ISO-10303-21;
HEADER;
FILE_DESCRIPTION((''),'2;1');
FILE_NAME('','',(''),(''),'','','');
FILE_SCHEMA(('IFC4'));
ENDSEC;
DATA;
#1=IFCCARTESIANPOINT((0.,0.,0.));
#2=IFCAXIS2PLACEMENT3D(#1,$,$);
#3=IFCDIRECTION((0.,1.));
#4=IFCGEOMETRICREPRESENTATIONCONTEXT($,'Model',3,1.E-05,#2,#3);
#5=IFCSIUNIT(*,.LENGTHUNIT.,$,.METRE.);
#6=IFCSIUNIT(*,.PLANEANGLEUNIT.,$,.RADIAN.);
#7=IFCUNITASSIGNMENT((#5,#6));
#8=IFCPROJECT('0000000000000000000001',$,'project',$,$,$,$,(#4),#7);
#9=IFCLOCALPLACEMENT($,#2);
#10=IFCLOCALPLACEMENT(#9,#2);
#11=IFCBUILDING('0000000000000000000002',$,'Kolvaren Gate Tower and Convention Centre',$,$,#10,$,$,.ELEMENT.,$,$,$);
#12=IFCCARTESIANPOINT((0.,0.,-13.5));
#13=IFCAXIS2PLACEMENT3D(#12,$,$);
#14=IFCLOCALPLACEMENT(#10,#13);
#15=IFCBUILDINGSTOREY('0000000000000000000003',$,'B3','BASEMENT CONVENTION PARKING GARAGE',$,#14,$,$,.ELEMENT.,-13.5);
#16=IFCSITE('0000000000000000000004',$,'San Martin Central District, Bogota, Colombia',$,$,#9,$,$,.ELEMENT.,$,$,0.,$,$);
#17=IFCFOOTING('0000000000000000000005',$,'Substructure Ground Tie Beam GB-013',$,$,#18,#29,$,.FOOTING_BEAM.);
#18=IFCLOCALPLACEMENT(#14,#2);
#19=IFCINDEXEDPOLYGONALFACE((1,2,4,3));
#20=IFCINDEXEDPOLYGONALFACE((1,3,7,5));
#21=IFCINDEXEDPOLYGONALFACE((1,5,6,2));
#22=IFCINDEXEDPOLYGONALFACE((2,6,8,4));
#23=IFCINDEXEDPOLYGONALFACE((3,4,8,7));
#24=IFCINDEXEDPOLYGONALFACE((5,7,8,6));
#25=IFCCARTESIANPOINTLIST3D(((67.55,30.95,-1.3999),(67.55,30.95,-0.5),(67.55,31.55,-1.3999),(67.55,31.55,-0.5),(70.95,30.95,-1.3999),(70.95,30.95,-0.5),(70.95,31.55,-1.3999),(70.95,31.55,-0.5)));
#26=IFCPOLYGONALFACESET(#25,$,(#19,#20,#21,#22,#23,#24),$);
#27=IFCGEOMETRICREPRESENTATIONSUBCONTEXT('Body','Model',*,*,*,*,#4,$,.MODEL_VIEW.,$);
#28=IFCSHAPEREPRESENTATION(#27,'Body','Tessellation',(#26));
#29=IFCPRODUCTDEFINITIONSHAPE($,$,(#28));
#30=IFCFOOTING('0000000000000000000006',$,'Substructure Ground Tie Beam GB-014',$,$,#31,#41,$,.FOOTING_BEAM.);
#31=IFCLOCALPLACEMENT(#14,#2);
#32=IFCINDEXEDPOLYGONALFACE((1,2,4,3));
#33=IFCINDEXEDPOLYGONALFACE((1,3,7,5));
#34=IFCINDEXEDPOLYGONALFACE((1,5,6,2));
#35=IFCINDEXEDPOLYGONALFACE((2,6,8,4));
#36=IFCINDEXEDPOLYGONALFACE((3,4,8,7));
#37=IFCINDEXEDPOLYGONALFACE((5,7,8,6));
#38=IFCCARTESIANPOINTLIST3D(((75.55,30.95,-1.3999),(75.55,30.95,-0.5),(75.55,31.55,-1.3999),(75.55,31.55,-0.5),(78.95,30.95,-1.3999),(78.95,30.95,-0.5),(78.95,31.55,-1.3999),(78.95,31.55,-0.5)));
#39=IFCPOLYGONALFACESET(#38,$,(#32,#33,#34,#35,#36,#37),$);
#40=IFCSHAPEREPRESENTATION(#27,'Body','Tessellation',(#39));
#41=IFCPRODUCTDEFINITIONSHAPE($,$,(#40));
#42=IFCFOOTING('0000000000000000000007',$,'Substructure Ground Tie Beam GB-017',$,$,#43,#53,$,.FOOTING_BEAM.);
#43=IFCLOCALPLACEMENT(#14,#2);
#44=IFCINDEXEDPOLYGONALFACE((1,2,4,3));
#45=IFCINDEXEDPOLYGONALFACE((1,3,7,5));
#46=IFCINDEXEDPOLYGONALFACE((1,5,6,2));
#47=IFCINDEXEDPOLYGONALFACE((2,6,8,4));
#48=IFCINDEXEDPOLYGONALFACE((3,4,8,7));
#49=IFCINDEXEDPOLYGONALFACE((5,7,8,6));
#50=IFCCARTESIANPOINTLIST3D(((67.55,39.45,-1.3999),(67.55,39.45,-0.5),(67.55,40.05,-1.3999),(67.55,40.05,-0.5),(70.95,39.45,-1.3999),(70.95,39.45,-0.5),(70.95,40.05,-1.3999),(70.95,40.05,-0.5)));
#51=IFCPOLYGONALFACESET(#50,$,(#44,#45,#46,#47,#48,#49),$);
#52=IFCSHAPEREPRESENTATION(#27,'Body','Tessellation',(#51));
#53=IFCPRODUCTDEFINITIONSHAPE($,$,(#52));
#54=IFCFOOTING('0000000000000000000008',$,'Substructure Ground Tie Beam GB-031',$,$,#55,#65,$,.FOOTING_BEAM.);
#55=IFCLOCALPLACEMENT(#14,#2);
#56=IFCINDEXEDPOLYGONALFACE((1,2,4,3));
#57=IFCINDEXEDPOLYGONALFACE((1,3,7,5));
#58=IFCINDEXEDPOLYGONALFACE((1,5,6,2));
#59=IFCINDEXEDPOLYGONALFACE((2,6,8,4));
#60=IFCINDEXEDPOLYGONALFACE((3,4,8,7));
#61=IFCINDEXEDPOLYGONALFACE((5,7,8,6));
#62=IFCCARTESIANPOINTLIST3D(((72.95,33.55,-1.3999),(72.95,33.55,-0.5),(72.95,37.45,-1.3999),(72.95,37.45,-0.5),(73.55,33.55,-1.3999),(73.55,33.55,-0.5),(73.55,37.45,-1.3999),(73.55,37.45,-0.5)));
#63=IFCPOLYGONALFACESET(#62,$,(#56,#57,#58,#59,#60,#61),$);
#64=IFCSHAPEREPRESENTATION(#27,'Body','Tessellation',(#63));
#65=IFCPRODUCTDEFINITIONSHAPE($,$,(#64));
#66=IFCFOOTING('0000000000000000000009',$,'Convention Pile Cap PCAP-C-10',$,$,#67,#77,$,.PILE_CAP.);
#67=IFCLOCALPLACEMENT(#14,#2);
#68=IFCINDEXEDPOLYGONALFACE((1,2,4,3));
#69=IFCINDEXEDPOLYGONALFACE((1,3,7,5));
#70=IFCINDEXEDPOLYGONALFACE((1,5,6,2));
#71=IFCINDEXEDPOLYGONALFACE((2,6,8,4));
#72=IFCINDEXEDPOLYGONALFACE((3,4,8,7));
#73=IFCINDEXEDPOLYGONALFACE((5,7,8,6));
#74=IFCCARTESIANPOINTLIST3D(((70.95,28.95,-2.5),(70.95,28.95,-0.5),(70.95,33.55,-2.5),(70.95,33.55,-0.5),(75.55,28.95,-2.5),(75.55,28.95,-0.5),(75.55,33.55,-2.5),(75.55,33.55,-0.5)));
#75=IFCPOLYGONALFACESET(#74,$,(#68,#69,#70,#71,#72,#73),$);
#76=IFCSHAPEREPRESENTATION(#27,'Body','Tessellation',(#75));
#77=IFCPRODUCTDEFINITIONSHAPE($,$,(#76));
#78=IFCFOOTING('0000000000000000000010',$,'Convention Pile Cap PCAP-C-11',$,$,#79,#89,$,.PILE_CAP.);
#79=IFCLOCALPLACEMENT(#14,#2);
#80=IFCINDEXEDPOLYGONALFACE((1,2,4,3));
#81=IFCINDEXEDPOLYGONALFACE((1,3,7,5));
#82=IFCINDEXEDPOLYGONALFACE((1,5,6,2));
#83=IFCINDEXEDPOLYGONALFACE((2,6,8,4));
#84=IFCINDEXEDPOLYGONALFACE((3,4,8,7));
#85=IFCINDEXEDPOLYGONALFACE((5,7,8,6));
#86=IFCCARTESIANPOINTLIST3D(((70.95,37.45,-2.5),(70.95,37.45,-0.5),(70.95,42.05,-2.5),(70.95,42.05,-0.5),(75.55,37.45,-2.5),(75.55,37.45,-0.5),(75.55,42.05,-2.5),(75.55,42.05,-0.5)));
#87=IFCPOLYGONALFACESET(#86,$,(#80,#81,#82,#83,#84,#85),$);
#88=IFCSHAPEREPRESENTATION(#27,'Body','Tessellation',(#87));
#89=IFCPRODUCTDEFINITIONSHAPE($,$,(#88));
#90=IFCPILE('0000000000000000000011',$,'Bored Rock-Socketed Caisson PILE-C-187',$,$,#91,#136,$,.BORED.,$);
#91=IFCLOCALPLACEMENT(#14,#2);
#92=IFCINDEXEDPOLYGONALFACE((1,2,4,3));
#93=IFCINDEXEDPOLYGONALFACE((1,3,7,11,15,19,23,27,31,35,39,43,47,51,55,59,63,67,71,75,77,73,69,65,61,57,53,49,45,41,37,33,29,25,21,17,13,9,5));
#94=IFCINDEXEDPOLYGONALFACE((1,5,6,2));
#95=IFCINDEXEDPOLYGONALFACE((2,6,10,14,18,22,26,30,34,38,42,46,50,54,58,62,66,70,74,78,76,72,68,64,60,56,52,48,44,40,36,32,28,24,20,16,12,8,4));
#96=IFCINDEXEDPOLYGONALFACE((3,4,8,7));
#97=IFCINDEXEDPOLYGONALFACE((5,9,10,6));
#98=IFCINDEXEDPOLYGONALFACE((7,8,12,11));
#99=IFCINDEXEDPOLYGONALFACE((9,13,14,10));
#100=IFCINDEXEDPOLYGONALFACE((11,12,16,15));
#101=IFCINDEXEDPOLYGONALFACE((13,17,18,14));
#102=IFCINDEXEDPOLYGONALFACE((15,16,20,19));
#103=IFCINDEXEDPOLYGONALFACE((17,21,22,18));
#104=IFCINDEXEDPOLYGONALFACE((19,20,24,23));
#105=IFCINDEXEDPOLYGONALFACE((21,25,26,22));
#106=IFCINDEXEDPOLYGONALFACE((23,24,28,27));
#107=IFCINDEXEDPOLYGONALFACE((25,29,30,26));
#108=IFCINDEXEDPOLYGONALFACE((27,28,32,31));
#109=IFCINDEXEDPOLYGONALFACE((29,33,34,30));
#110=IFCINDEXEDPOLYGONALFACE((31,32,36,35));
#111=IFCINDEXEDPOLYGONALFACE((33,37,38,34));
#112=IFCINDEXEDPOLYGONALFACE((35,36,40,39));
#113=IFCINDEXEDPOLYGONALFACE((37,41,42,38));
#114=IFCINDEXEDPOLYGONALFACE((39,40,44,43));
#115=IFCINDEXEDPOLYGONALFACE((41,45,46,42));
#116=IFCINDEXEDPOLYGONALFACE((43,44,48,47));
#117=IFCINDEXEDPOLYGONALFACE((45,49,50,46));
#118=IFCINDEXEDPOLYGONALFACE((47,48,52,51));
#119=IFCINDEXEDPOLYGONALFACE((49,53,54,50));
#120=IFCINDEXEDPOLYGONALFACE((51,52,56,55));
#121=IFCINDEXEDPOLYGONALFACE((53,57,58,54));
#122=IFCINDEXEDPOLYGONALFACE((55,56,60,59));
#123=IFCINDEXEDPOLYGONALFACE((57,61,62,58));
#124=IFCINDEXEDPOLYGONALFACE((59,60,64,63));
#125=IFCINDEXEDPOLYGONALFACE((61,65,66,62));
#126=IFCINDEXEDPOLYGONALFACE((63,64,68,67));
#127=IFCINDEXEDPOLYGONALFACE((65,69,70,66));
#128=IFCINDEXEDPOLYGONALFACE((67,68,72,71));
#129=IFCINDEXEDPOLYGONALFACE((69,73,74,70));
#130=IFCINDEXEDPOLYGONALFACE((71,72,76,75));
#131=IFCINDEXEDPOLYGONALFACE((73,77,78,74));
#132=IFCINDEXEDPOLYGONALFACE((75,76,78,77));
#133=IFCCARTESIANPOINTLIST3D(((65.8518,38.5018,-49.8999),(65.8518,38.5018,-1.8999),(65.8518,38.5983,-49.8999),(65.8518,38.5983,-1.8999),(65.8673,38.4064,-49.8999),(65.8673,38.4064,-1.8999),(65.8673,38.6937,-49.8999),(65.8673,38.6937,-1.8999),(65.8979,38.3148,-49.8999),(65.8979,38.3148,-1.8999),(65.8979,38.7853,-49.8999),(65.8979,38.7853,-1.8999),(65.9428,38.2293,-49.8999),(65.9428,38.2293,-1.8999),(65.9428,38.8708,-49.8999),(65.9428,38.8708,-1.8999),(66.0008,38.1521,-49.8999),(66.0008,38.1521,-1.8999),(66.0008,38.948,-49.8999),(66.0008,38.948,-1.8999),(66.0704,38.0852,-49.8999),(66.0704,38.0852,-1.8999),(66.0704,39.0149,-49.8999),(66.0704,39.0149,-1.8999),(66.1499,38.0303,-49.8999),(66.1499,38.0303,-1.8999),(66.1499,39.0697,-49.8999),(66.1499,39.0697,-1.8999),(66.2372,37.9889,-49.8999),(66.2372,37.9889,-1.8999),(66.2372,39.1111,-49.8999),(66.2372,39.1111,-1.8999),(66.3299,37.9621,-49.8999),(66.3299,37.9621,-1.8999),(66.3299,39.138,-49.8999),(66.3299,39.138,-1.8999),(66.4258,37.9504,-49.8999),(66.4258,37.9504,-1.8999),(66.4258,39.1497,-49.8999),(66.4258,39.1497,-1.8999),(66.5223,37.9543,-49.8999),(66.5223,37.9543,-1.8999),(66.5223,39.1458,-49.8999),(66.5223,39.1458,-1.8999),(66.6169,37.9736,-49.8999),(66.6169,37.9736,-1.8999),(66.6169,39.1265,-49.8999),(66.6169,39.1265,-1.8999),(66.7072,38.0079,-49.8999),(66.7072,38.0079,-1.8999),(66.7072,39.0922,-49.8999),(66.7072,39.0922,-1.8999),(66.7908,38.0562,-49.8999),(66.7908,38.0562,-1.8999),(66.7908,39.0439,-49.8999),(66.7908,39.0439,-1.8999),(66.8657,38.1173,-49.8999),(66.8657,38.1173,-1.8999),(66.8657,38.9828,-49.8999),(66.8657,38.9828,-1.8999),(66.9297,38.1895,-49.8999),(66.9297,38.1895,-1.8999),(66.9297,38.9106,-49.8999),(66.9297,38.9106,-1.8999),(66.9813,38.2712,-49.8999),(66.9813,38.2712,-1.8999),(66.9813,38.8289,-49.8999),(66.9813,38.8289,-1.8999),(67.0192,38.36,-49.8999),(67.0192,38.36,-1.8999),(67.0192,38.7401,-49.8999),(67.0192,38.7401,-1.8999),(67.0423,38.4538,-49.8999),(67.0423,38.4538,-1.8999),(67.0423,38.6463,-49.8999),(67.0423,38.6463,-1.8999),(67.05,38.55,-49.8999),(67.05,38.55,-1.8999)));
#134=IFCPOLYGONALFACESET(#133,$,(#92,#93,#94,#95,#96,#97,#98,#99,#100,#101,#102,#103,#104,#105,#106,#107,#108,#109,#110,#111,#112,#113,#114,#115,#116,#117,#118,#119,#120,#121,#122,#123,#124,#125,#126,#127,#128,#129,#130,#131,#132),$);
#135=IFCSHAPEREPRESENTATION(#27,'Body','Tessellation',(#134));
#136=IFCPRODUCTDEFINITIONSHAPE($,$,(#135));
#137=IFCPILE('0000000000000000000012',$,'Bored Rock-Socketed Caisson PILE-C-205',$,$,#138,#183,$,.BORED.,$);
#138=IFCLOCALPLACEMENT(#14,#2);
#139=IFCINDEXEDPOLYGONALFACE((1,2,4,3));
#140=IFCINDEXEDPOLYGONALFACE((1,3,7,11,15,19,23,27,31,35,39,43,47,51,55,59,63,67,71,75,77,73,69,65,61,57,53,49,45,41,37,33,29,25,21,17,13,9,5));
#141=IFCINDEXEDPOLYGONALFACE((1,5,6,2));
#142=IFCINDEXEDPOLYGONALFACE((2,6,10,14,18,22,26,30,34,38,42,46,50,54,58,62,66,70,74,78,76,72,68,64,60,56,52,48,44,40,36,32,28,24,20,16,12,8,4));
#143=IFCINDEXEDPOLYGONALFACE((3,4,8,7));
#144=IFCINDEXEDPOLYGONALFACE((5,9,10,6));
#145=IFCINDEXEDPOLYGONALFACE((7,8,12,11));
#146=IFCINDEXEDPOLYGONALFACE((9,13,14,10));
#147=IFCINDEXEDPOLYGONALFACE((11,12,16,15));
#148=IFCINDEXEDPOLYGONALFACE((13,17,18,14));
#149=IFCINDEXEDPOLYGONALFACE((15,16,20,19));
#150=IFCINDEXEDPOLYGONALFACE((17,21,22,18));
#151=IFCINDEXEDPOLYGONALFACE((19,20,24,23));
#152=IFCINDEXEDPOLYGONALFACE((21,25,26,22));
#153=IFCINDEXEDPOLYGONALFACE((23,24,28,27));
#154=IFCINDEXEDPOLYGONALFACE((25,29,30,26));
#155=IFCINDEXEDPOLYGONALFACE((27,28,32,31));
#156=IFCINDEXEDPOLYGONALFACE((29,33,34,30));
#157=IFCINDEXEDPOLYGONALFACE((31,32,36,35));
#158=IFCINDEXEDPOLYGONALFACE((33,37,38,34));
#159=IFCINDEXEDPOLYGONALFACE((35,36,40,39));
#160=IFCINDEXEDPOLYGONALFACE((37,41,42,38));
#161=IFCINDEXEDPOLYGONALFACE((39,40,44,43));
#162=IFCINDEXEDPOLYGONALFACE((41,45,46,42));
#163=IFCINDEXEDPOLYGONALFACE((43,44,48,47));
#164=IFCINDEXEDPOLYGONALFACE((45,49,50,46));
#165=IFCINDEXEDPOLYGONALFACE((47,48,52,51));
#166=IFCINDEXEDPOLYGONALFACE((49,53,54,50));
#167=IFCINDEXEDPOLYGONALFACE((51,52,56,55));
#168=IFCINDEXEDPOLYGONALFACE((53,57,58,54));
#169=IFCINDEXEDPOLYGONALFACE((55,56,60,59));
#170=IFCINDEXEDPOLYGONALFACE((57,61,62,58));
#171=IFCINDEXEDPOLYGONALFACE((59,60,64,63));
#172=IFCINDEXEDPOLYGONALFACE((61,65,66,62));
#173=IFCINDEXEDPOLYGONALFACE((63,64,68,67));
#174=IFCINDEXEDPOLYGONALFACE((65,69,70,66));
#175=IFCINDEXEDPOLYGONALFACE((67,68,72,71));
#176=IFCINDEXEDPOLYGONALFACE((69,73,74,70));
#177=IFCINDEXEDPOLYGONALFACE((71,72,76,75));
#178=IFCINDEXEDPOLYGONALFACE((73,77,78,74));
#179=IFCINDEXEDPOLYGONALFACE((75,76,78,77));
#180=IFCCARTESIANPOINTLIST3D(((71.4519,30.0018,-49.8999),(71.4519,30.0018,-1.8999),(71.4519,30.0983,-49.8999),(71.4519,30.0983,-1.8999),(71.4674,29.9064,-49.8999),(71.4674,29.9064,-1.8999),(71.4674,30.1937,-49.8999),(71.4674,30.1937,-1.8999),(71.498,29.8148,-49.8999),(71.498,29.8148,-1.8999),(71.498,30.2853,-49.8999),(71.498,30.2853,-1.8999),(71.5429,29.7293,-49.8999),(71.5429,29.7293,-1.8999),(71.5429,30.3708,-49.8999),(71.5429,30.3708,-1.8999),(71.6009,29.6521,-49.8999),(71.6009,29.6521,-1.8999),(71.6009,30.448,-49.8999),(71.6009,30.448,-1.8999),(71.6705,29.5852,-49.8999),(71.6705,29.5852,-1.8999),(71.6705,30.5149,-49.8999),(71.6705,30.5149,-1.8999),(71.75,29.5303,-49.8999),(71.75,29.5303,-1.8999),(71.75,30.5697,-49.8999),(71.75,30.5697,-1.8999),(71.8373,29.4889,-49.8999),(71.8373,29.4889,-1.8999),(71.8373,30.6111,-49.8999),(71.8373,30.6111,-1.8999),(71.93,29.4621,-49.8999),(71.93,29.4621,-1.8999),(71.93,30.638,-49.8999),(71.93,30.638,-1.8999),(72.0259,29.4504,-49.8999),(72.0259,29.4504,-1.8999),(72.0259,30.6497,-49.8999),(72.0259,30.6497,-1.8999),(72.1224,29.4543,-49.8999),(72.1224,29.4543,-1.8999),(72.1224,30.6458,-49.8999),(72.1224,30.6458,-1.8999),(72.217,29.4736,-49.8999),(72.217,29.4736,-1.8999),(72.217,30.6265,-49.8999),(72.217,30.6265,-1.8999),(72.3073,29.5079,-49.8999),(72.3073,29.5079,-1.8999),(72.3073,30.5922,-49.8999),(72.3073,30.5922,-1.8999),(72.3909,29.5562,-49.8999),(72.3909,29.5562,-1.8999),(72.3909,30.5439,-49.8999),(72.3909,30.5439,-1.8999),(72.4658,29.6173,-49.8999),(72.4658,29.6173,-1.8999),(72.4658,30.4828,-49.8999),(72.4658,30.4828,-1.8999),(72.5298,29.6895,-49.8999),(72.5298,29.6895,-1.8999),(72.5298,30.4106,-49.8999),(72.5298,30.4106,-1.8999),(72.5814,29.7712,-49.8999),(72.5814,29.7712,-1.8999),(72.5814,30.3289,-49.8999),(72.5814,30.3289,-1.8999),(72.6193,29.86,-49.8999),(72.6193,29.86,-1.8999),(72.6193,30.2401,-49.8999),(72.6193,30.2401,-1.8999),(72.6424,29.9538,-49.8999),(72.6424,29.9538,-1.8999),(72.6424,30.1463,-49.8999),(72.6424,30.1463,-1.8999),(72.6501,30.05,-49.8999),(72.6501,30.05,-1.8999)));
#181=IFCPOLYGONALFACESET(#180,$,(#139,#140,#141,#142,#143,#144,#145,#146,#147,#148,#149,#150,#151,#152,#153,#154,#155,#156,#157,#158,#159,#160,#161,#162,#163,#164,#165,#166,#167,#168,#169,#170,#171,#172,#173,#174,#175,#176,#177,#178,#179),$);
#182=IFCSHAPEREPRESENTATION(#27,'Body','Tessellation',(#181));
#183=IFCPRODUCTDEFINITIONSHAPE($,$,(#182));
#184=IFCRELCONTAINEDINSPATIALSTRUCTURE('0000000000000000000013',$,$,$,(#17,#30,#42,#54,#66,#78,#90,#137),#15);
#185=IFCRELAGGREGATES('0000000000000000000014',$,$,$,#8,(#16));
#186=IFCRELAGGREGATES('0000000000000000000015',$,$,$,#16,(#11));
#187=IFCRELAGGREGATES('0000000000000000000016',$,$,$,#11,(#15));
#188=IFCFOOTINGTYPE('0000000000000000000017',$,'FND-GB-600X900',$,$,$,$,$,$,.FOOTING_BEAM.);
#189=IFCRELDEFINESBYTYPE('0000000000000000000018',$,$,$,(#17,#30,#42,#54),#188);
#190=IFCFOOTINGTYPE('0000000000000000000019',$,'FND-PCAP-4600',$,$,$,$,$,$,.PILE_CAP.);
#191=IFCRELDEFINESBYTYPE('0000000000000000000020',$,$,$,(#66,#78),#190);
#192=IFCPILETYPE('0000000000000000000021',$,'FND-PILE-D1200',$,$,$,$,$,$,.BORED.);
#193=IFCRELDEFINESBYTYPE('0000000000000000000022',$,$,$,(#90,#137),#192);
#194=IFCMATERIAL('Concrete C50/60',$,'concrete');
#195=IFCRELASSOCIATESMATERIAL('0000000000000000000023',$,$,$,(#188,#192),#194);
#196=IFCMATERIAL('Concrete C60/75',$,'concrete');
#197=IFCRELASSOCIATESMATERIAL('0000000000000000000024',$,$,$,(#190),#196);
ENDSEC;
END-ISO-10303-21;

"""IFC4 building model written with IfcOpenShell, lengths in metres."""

from ifc_helpers import new_model, si_unit, direction, frame, origin, origin_2d, place, context, subcontext, project, spatial, rectangle, circle, extrude, material, material_profile, profile_set, type_object, element, save


model = new_model("IFC4")

# Units and contexts
model_context = context("Model", 3, precision=1e-05, world=origin(), true_north=direction((0.0, 1.0)))
body_context = subcontext(model_context, "Body", "Model", "MODEL_VIEW")
ifc_project = project(units=[si_unit("LENGTHUNIT", "METRE"), si_unit("PLANEANGLEUNIT", "RADIAN")], contexts=[model_context])

# Site, building, storey
site_placement = place(None, origin())
site = spatial("IfcSite", under=ifc_project, at=site_placement, Name="San Martin Central District, Bogota, Colombia", CompositionType="ELEMENT", RefElevation=0.0)
building_placement = place(site_placement, origin())
building = spatial("IfcBuilding", under=site, at=building_placement, Name="Kolvaren Gate Tower and Convention Centre", CompositionType="ELEMENT")
storey_placement = place(building_placement, frame((0.0, 0.0, -13.5)))
storey = spatial("IfcBuildingStorey", under=building, at=storey_placement, Name="B3", Description="BASEMENT CONVENTION PARKING GARAGE", CompositionType="ELEMENT", Elevation=-13.5)

# Footings
ifc_material_1 = material(Name="Concrete C50/60", Category="concrete")
ifc_material_profile_1 = material_profile(ifc_material_1, rectangle(XDim=0.6001, YDim=0.8999, at=origin_2d()), Name="RC-BM-600X900")
ifc_profile_set_1 = profile_set([ifc_material_profile_1], Name="Concrete C50/60")
footing_type_1 = type_object("IfcFootingType", Name="FND-GB-600X900", PredefinedType="FOOTING_BEAM", material=ifc_profile_set_1)
for number, where, z_axis, x_axis, name in (
    (1, (67.55, 31.25, -0.95), (1.0, 0.0, 0.0), (0.0, 1.0, 0.0), "Substructure Ground Tie Beam GB-013"),
    (2, (75.55, 31.25, -0.95), (1.0, 0.0, 0.0), (0.0, 1.0, 0.0), "Substructure Ground Tie Beam GB-014"),
    (3, (67.55, 39.75, -0.95), (1.0, 0.0, 0.0), (0.0, 1.0, 0.0), "Substructure Ground Tie Beam GB-017"),
):
    element("IfcFooting", number, at=place(storey_placement, frame(where, z_axis=z_axis, x_axis=x_axis)), inside=storey, type_object=footing_type_1, Name=name, PredefinedType="FOOTING_BEAM", context=body_context, shape_type="SweptSolid", body=[
        extrude(rectangle(XDim=0.6001, YDim=0.8999, at=origin_2d()), origin(), (0.0, 0.0, 1.0), 3.3999),
    ])
footing_placement = place(storey_placement, frame((73.25, 33.55, -0.95), z_axis=(0.0, 1.0, 0.0), x_axis=(-1.0, 0.0, 0.0)))
element("IfcFooting", 4, at=footing_placement, inside=storey, type_object=footing_type_1, Name="Substructure Ground Tie Beam GB-031", PredefinedType="FOOTING_BEAM", context=body_context, shape_type="SweptSolid", body=[
    extrude(rectangle(XDim=0.6001, YDim=0.8999, at=origin_2d()), origin(), (0.0, 0.0, 1.0), 3.8999),
])
ifc_material_2 = material(Name="Concrete C60/75", Category="concrete")
footing_type_2 = type_object("IfcFootingType", Name="FND-PCAP-4600", PredefinedType="PILE_CAP", material=ifc_material_2)
for number, where, z_axis, x_axis, name in (
    (5, (73.25, 31.25, -2.5), (0.0, 0.0, 1.0), (1.0, 0.0, 0.0), "Convention Pile Cap PCAP-C-10"),
    (6, (73.25, 39.75, -2.5), (0.0, 0.0, 1.0), (1.0, 0.0, 0.0), "Convention Pile Cap PCAP-C-11"),
):
    element("IfcFooting", number, at=place(storey_placement, frame(where, z_axis=z_axis, x_axis=x_axis)), inside=storey, type_object=footing_type_2, Name=name, PredefinedType="PILE_CAP", context=body_context, shape_type="SweptSolid", body=[
        extrude(rectangle(XDim=4.6001, YDim=4.6001, at=origin_2d()), origin(), (0.0, 0.0, 1.0), 2.0),
    ])

# Piles
ifc_material_profile_2 = material_profile(ifc_material_1, circle(Radius=0.6001, at=origin_2d()), Name="CAISSON-D1200")
ifc_profile_set_2 = profile_set([ifc_material_profile_2], Name="Concrete C50/60")
pile_type = type_object("IfcPileType", Name="FND-PILE-D1200", PredefinedType="BORED", material=ifc_profile_set_2)
for number, where, z_axis, x_axis, name in (
    (7, (66.45, 38.55, -1.8999), (0.0, 0.0, -1.0), (1.0, 0.0, 0.0), "Bored Rock-Socketed Caisson PILE-C-187"),
    (8, (72.05, 30.05, -1.8999), (0.0, 0.0, -1.0), (1.0, 0.0, 0.0), "Bored Rock-Socketed Caisson PILE-C-205"),
):
    element("IfcPile", number, at=place(storey_placement, frame(where, z_axis=z_axis, x_axis=x_axis)), inside=storey, type_object=pile_type, Name=name, PredefinedType="BORED", context=body_context, shape_type="SweptSolid", body=[
        extrude(circle(Radius=0.6001, at=origin_2d()), origin(), (0.0, 0.0, 1.0), 48.0),
    ])

save(model, "model.ifc")
